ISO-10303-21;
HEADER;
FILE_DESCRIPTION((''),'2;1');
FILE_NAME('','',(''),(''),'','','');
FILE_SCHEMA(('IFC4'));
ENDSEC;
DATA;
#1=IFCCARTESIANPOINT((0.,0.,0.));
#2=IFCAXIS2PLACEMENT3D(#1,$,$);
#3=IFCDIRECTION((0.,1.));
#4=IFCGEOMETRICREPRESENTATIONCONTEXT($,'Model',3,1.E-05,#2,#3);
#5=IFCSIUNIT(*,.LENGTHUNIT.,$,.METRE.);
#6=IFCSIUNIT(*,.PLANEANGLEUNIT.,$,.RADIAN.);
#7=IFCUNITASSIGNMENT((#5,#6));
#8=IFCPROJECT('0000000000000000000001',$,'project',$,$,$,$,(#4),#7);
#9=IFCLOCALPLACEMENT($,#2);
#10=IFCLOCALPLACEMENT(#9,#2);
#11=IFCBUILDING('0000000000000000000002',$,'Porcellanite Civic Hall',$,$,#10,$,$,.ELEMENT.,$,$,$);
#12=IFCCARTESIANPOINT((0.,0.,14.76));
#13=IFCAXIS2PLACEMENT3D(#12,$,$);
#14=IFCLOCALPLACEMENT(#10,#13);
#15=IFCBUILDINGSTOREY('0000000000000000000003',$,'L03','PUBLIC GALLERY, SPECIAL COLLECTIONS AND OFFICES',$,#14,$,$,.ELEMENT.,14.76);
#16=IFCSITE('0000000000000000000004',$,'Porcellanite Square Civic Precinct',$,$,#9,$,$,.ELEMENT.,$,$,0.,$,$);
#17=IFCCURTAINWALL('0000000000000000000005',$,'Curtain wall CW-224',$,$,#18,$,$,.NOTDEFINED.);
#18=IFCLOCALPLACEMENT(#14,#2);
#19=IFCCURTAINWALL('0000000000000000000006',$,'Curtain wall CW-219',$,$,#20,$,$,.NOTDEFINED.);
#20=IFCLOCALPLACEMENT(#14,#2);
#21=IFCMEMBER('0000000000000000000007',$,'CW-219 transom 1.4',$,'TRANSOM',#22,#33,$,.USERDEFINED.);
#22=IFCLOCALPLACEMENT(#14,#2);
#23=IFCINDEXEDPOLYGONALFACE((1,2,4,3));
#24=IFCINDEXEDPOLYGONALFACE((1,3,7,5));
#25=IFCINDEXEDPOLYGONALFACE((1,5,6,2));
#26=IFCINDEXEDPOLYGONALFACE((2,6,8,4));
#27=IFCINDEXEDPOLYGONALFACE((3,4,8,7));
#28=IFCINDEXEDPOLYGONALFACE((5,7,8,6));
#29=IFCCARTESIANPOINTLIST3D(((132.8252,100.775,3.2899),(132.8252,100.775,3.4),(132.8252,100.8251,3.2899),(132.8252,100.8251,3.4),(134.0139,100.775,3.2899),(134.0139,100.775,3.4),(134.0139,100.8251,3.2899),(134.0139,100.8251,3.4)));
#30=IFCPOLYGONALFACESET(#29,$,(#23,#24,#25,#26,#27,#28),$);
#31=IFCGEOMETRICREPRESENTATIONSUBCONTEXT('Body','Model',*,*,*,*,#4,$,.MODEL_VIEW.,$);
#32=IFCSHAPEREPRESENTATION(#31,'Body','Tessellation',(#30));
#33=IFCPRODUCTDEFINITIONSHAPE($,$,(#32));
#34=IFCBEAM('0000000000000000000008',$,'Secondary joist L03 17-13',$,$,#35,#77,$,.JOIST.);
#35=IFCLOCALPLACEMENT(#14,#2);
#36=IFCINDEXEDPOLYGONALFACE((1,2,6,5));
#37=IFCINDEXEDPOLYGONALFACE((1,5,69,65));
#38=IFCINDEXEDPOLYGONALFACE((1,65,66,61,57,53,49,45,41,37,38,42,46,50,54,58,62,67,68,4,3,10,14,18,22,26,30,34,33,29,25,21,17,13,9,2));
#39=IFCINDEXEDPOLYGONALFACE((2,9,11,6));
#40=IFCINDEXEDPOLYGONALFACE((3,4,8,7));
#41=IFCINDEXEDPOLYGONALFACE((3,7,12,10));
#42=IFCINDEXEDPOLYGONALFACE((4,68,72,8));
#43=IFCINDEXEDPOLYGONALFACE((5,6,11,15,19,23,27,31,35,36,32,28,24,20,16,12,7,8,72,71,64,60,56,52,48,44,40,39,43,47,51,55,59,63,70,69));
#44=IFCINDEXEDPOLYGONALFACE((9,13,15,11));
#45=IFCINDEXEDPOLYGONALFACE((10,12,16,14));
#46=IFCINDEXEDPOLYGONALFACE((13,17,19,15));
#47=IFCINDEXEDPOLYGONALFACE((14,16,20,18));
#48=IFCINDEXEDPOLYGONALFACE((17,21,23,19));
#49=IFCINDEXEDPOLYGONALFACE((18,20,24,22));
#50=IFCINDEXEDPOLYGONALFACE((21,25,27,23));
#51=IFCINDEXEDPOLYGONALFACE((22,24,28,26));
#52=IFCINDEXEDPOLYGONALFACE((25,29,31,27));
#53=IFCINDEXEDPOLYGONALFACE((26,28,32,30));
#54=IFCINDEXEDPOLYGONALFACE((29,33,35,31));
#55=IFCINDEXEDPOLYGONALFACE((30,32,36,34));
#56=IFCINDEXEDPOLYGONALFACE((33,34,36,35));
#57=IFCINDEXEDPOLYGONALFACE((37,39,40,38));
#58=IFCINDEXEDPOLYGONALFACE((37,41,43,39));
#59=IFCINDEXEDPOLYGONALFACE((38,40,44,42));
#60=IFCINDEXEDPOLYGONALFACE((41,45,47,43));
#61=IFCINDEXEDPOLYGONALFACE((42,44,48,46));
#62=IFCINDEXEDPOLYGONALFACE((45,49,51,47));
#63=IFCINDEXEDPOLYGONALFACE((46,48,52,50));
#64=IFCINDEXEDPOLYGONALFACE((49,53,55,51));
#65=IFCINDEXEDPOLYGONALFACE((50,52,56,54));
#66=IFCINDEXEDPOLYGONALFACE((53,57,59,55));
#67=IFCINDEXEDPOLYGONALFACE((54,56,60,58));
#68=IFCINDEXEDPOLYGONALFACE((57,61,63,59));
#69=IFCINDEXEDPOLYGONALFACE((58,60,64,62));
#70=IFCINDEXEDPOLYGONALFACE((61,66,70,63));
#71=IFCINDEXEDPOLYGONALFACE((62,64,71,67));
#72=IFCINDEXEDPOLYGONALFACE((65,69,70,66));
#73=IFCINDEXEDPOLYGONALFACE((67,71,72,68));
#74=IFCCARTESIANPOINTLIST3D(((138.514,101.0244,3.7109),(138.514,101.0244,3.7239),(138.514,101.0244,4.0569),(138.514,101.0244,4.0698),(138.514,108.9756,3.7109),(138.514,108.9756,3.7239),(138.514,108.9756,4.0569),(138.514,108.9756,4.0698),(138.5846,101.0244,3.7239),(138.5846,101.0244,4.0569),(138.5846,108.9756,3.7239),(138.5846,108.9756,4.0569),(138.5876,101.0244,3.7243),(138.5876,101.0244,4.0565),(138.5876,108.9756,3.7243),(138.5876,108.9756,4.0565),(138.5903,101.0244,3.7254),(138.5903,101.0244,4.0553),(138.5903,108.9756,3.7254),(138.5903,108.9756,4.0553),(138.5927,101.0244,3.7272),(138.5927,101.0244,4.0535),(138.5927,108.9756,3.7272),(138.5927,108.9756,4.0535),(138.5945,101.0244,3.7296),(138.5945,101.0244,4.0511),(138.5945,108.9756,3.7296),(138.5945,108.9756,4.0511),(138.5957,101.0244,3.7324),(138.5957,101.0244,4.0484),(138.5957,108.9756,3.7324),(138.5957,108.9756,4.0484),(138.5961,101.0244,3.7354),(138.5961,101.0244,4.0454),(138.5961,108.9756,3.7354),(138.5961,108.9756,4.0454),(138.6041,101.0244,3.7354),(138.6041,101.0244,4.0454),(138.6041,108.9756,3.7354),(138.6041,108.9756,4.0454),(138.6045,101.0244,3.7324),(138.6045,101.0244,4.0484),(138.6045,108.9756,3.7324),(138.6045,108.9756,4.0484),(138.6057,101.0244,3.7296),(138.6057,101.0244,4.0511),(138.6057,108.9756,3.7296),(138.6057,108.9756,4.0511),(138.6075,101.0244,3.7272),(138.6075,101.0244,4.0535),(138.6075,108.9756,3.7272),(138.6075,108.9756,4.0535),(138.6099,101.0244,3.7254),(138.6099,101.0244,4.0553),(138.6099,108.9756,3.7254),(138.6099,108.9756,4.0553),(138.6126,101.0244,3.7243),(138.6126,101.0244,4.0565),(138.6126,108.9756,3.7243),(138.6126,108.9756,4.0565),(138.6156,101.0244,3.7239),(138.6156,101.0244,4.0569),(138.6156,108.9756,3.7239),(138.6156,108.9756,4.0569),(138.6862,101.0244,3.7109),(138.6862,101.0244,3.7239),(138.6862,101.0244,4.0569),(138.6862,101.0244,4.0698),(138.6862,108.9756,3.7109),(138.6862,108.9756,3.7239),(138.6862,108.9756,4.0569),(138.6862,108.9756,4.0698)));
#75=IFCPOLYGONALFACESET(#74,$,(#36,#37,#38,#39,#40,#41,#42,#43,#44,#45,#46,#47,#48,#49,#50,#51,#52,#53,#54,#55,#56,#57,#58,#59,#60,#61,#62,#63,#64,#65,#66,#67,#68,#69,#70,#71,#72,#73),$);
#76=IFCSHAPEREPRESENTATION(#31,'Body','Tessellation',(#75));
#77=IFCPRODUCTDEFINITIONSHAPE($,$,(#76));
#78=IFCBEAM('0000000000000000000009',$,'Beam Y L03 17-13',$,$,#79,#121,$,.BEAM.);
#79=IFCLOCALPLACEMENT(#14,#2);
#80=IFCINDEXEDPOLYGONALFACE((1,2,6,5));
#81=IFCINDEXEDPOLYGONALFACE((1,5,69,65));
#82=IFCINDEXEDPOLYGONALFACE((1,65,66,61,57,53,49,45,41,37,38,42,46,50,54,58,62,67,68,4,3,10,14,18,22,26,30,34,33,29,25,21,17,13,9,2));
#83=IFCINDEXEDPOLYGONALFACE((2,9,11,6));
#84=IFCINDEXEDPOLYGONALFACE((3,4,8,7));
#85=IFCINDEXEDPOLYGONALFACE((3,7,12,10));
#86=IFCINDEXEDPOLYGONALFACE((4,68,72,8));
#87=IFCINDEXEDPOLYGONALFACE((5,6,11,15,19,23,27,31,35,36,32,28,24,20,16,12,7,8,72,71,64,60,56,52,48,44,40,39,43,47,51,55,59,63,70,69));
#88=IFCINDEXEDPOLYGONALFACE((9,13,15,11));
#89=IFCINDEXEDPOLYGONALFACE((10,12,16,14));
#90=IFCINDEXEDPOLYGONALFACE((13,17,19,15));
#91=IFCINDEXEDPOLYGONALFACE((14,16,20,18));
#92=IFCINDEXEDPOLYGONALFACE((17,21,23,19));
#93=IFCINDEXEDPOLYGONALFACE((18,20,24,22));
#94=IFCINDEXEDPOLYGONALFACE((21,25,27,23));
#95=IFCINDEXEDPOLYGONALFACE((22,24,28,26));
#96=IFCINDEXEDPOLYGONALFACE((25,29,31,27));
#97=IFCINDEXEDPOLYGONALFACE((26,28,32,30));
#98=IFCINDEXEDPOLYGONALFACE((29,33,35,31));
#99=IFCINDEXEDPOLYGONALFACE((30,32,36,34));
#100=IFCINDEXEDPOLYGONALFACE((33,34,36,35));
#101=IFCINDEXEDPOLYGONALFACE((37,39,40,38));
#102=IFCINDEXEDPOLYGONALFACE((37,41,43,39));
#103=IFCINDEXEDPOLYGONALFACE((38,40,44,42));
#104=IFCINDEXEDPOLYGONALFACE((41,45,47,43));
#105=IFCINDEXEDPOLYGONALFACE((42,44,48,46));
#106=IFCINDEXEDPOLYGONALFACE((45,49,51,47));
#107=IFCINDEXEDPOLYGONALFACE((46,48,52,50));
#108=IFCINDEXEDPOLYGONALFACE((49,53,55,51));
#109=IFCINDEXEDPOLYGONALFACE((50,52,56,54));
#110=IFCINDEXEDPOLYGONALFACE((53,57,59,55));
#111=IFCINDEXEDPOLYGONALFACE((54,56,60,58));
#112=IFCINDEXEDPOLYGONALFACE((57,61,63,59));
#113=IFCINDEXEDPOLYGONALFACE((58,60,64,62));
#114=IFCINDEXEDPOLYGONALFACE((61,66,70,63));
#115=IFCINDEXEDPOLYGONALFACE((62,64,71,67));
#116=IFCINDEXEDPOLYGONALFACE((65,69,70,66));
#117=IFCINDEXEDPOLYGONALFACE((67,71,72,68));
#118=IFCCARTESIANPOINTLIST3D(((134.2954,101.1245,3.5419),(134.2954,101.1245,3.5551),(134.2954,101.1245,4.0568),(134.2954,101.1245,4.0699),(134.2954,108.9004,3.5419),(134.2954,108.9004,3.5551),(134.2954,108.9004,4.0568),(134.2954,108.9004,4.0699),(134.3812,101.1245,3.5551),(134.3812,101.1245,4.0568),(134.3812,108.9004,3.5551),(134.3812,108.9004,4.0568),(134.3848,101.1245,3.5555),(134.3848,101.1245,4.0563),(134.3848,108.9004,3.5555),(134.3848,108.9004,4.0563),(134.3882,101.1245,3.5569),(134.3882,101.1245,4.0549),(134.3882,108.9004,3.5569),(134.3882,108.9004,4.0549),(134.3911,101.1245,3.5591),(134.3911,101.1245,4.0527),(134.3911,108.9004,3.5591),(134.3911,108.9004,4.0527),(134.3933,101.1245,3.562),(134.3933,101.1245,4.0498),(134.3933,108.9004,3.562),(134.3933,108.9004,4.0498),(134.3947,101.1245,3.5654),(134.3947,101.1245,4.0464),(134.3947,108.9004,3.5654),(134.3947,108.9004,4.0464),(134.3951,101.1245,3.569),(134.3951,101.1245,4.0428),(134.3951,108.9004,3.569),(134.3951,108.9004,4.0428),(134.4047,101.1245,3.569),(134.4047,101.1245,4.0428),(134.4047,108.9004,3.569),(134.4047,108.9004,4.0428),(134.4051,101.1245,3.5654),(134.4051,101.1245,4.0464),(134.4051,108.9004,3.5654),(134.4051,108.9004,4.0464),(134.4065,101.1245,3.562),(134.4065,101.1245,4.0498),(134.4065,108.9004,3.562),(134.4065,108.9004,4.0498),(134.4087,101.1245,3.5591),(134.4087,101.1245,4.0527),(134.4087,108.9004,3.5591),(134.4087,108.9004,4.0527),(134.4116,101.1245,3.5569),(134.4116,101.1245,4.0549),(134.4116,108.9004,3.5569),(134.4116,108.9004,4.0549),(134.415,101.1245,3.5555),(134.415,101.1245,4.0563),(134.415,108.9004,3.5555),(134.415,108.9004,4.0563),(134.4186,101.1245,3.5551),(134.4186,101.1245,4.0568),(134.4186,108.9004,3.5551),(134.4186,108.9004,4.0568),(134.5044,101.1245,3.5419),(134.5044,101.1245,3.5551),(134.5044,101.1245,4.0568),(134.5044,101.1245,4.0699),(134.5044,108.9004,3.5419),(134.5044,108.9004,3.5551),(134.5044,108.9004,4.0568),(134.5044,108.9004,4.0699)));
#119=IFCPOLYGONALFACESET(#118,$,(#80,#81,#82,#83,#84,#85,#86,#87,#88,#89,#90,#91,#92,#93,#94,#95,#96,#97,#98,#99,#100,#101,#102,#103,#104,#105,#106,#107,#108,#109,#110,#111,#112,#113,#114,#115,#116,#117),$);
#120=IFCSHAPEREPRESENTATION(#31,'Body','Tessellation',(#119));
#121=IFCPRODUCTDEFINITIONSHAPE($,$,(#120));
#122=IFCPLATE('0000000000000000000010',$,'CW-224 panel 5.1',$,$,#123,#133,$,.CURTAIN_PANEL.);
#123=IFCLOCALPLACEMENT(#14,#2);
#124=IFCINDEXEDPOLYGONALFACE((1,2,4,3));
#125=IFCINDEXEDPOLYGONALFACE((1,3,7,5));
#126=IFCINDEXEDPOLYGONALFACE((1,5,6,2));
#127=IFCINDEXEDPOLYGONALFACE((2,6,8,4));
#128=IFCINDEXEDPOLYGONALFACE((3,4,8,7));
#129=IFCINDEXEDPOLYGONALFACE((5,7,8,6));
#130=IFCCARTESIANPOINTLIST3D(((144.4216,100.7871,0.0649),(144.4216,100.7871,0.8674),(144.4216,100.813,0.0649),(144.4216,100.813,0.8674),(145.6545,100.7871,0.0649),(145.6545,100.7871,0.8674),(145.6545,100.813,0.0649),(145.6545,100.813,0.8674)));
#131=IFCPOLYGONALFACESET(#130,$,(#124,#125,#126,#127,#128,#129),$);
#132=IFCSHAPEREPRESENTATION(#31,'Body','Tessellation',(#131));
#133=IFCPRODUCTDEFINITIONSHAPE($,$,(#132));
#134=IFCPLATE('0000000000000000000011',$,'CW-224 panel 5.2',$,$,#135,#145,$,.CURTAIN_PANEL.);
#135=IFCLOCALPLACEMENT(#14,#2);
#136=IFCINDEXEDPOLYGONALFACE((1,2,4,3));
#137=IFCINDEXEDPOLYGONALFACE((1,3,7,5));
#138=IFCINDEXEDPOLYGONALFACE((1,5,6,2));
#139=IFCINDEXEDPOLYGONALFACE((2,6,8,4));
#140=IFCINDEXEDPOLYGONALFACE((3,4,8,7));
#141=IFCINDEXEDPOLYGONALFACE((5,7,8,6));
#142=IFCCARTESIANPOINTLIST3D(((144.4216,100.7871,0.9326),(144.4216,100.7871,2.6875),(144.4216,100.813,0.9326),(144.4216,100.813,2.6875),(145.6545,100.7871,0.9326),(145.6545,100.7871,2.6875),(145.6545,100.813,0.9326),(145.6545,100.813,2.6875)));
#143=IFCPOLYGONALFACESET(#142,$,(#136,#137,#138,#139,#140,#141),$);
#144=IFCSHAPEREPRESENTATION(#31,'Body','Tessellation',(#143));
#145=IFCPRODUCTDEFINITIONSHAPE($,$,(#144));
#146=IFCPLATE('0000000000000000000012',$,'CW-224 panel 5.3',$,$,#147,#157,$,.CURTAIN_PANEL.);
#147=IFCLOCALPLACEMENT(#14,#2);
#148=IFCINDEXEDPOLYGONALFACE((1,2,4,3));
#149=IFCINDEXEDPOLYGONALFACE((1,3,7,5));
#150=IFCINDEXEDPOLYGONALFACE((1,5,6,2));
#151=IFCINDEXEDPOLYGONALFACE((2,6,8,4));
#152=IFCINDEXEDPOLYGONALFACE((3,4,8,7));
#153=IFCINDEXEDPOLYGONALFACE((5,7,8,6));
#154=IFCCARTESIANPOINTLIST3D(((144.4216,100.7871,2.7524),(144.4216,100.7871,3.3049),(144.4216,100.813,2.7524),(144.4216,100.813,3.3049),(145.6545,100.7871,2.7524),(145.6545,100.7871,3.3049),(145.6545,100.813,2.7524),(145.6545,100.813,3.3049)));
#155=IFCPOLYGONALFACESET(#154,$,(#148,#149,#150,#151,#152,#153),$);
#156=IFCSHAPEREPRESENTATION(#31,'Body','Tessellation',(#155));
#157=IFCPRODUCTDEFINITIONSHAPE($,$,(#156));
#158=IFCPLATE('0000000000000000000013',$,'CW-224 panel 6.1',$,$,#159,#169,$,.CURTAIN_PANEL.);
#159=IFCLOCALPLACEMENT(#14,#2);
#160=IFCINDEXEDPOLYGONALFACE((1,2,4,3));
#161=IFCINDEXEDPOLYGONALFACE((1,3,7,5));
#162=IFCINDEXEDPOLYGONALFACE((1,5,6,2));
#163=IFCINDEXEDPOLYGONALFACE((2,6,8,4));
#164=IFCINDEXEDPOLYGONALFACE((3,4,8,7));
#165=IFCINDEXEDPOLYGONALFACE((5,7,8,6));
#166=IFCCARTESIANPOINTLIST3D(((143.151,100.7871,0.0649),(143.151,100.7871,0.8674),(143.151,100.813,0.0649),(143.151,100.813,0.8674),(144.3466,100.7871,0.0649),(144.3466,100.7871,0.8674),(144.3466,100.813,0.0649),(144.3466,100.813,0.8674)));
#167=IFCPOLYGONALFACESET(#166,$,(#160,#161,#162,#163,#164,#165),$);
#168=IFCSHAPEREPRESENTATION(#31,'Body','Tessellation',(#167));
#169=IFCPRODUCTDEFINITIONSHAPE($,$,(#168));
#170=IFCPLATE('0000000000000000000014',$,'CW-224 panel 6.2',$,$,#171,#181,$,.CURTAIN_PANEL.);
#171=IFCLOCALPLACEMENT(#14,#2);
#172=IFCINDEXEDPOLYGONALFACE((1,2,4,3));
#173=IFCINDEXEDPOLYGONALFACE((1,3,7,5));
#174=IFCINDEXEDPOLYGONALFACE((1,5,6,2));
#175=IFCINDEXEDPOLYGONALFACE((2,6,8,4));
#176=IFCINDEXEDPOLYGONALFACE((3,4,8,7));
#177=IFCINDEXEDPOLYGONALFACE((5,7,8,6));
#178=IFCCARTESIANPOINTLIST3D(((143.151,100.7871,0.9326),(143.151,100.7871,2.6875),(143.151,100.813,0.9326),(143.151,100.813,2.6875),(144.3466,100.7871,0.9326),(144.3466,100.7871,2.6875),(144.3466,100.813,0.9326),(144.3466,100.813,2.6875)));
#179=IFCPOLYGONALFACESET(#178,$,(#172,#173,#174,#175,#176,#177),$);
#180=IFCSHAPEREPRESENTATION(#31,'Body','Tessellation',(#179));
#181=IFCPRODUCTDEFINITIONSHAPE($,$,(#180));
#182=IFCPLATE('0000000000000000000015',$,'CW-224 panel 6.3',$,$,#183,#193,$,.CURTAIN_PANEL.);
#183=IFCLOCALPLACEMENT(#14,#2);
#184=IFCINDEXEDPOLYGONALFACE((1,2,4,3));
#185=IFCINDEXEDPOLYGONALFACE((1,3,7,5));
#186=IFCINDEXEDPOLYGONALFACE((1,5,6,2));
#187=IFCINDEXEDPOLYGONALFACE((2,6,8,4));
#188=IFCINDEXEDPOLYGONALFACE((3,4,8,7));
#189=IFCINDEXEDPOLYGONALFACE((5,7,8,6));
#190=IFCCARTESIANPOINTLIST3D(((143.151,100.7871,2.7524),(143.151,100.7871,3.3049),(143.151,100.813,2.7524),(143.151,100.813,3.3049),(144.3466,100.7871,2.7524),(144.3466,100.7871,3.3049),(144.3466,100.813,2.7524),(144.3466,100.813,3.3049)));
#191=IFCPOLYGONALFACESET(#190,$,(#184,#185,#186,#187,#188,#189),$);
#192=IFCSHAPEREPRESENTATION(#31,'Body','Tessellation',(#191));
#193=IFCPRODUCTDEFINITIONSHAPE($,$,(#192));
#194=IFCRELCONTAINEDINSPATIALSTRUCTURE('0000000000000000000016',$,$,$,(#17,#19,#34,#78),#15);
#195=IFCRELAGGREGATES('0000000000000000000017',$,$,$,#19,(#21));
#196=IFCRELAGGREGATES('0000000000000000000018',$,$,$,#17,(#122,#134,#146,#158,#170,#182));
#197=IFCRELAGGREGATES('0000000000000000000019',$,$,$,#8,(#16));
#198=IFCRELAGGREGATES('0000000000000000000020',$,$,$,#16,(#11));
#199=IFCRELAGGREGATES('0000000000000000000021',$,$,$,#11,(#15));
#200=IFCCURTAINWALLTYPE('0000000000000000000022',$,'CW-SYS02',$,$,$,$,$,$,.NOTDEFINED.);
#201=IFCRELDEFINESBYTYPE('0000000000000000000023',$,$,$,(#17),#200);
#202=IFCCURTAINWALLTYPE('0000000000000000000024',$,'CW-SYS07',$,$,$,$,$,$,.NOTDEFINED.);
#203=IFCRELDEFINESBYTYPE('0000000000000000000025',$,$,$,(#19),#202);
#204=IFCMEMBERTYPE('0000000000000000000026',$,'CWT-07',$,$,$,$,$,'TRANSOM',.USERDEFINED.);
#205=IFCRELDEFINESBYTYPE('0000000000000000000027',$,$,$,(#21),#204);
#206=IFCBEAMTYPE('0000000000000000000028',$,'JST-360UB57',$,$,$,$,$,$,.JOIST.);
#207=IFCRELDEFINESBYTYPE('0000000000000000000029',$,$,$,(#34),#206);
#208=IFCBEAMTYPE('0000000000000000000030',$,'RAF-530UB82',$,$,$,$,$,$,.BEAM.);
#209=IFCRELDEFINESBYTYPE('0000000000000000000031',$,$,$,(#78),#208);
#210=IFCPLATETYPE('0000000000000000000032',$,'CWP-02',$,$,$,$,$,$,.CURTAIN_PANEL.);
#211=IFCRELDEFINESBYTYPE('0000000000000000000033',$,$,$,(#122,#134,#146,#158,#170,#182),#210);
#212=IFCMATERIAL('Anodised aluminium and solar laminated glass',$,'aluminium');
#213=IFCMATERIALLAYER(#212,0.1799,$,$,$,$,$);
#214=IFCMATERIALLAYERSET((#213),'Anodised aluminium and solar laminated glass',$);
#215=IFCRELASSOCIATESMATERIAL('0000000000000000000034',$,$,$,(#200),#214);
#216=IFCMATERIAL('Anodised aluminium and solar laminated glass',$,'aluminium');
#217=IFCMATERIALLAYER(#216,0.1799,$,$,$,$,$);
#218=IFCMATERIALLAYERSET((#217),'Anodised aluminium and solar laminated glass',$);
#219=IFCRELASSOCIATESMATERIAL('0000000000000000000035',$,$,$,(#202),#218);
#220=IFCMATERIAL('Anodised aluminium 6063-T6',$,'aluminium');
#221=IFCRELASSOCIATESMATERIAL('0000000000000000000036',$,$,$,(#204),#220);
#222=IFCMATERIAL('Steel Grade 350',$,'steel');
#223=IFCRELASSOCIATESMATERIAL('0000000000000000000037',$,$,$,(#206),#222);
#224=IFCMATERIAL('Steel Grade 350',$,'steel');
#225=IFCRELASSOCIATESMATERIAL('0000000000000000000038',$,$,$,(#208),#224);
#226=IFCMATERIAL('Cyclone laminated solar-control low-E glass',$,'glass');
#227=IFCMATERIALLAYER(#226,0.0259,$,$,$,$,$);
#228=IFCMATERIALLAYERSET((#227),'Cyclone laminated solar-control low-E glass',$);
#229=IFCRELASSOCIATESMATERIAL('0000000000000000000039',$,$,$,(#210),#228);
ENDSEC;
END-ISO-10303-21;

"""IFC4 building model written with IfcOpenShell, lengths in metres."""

from ifc_helpers import new_model, si_unit, direction, frame, origin, origin_2d, place, context, subcontext, project, spatial, rectangle, i_section, extrude, material, layer, layer_set, material_profile, profile_set, type_object, element, aggregate, save


model = new_model("IFC4")

# Units and contexts
model_context = context("Model", 3, precision=1e-05, world=origin(), true_north=direction((0.0, 1.0)))
body_context = subcontext(model_context, "Body", "Model", "MODEL_VIEW")
ifc_project = project(units=[si_unit("LENGTHUNIT", "METRE"), si_unit("PLANEANGLEUNIT", "RADIAN")], contexts=[model_context])

# Site, building, storey
site_placement = place(None, origin())
site = spatial("IfcSite", under=ifc_project, at=site_placement, Name="Porcellanite Square Civic Precinct", CompositionType="ELEMENT", RefElevation=0.0)
building_placement = place(site_placement, origin())
building = spatial("IfcBuilding", under=site, at=building_placement, Name="Porcellanite Civic Hall", CompositionType="ELEMENT")
storey_placement = place(building_placement, frame((0.0, 0.0, 14.76)))
storey = spatial("IfcBuildingStorey", under=building, at=storey_placement, Name="L03", Description="PUBLIC GALLERY, SPECIAL COLLECTIONS AND OFFICES", CompositionType="ELEMENT", Elevation=14.76)

# Curtain wall
ifc_material_1 = material(Name="Anodised aluminium and solar laminated glass", Category="aluminium")
ifc_layer_1 = layer(ifc_material_1, 0.1799)
ifc_layer_set_1 = layer_set([ifc_layer_1], Name="Anodised aluminium and solar laminated glass")
curtain_wall_type_1 = type_object("IfcCurtainWallType", Name="CW-SYS02", PredefinedType="NOTDEFINED", material=ifc_layer_set_1)
curtain_wall_1_placement = place(storey_placement, origin())
curtain_wall_1 = element("IfcCurtainWall", 1, at=curtain_wall_1_placement, inside=storey, type_object=curtain_wall_type_1, Name="Curtain wall CW-224", PredefinedType="NOTDEFINED")

# Curtain wall
ifc_material_2 = material(Name="Anodised aluminium and solar laminated glass", Category="aluminium")
ifc_layer_2 = layer(ifc_material_2, 0.1799)
ifc_layer_set_2 = layer_set([ifc_layer_2], Name="Anodised aluminium and solar laminated glass")
curtain_wall_type_2 = type_object("IfcCurtainWallType", Name="CW-SYS07", PredefinedType="NOTDEFINED", material=ifc_layer_set_2)
curtain_wall_2_placement = place(storey_placement, origin())
curtain_wall_2 = element("IfcCurtainWall", 2, at=curtain_wall_2_placement, inside=storey, type_object=curtain_wall_type_2, Name="Curtain wall CW-219", PredefinedType="NOTDEFINED")

# Member
ifc_material_3 = material(Name="Anodised aluminium 6063-T6", Category="aluminium")
ifc_material_profile_1 = material_profile(ifc_material_3, rectangle(XDim=0.05, YDim=0.1101, at=origin_2d()), Name="AL-50x110")
ifc_profile_set_1 = profile_set([ifc_material_profile_1], Name="Anodised aluminium 6063-T6")
member_type_1 = type_object("IfcMemberType", Name="CWT-07", ElementType="TRANSOM", PredefinedType="USERDEFINED", material=ifc_profile_set_1)
member_1_placement = place(storey_placement, frame((134.0139, 100.8, 3.345), z_axis=(-1.0, 0.0, 0.0), x_axis=(0.0, -1.0, 0.0)))
member_1 = element("IfcMember", 3, at=member_1_placement, type_object=member_type_1, Name="CW-219 transom 1.4", ObjectType="TRANSOM", PredefinedType="USERDEFINED", context=body_context, shape_type="SweptSolid", body=[
    extrude(rectangle(XDim=0.05, YDim=0.1101, at=origin_2d()), origin(), (0.0, 0.0, 1.0), 1.1887),
])
aggregate(curtain_wall_2, [member_1])

# Beams
ifc_material_4 = material(Name="Steel Grade 350", Category="steel")
ifc_material_profile_2 = material_profile(ifc_material_4, i_section(OverallWidth=0.1721, OverallDepth=0.3589, WebThickness=0.0081, FlangeThickness=0.0129, FilletRadius=0.0115, at=origin_2d()), Name="360UB56.7")
ifc_profile_set_2 = profile_set([ifc_material_profile_2], Name="Steel Grade 350")
beam_type_1 = type_object("IfcBeamType", Name="JST-360UB57", PredefinedType="JOIST", material=ifc_profile_set_2)
beam_1_placement = place(storey_placement, frame((138.6001, 101.0244, 3.8904), z_axis=(0.0, 1.0, 0.0), x_axis=(-1.0, 0.0, 0.0)))
element("IfcBeam", 4, at=beam_1_placement, inside=storey, type_object=beam_type_1, Name="Secondary joist L03 17-13", PredefinedType="JOIST", context=body_context, shape_type="SweptSolid", body=[
    extrude(i_section(OverallWidth=0.1721, OverallDepth=0.3589, WebThickness=0.0081, FlangeThickness=0.0129, FilletRadius=0.0115, at=origin_2d()), origin(), (0.0, 0.0, 1.0), 7.9512),
])
ifc_material_5 = material(Name="Steel Grade 350", Category="steel")
ifc_material_profile_3 = material_profile(ifc_material_5, i_section(OverallWidth=0.209, OverallDepth=0.5281, WebThickness=0.0095, FlangeThickness=0.0132, FilletRadius=0.0139, at=origin_2d()), Name="530UB82.0")
ifc_profile_set_3 = profile_set([ifc_material_profile_3], Name="Steel Grade 350")
beam_type_2 = type_object("IfcBeamType", Name="RAF-530UB82", PredefinedType="BEAM", material=ifc_profile_set_3)
beam_2_placement = place(storey_placement, frame((134.3999, 101.1245, 3.8059), z_axis=(0.0, 1.0, 0.0), x_axis=(-1.0, 0.0, 0.0)))
element("IfcBeam", 5, at=beam_2_placement, inside=storey, type_object=beam_type_2, Name="Beam Y L03 17-13", PredefinedType="BEAM", context=body_context, shape_type="SweptSolid", body=[
    extrude(i_section(OverallWidth=0.209, OverallDepth=0.5281, WebThickness=0.0095, FlangeThickness=0.0132, FilletRadius=0.0139, at=origin_2d()), origin(), (0.0, 0.0, 1.0), 7.7759),
])

# Plates
ifc_material_6 = material(Name="Cyclone laminated solar-control low-E glass", Category="glass")
ifc_layer_3 = layer(ifc_material_6, 0.0259)
ifc_layer_set_3 = layer_set([ifc_layer_3], Name="Cyclone laminated solar-control low-E glass")
plate_type = type_object("IfcPlateType", Name="CWP-02", PredefinedType="CURTAIN_PANEL", material=ifc_layer_set_3)
plate_1_placement = place(storey_placement, frame((145.0381, 100.8, 0.0649), z_axis=(0.0, 0.0, 1.0), x_axis=(-1.0, 0.0, 0.0)))
plate_1 = element("IfcPlate", 6, at=plate_1_placement, type_object=plate_type, Name="CW-224 panel 5.1", PredefinedType="CURTAIN_PANEL", context=body_context, shape_type="SweptSolid", body=[
    extrude(rectangle(XDim=1.2329, YDim=0.0259, at=origin_2d()), origin(), (0.0, 0.0, 1.0), 0.8025),
])
plate_2_placement = place(storey_placement, frame((145.0381, 100.8, 0.9326), z_axis=(0.0, 0.0, 1.0), x_axis=(-1.0, 0.0, 0.0)))
plate_2 = element("IfcPlate", 7, at=plate_2_placement, type_object=plate_type, Name="CW-224 panel 5.2", PredefinedType="CURTAIN_PANEL", context=body_context, shape_type="SweptSolid", body=[
    extrude(rectangle(XDim=1.2329, YDim=0.0259, at=origin_2d()), origin(), (0.0, 0.0, 1.0), 1.7549),
])
plate_3_placement = place(storey_placement, frame((145.0381, 100.8, 2.7524), z_axis=(0.0, 0.0, 1.0), x_axis=(-1.0, 0.0, 0.0)))
plate_3 = element("IfcPlate", 8, at=plate_3_placement, type_object=plate_type, Name="CW-224 panel 5.3", PredefinedType="CURTAIN_PANEL", context=body_context, shape_type="SweptSolid", body=[
    extrude(rectangle(XDim=1.2329, YDim=0.0259, at=origin_2d()), origin(), (0.0, 0.0, 1.0), 0.5525),
])
plate_4_placement = place(storey_placement, frame((143.7488, 100.8, 0.0649), z_axis=(0.0, 0.0, 1.0), x_axis=(-1.0, 0.0, 0.0)))
plate_4 = element("IfcPlate", 9, at=plate_4_placement, type_object=plate_type, Name="CW-224 panel 6.1", PredefinedType="CURTAIN_PANEL", context=body_context, shape_type="SweptSolid", body=[
    extrude(rectangle(XDim=1.1956, YDim=0.0259, at=origin_2d()), origin(), (0.0, 0.0, 1.0), 0.8025),
])
plate_5_placement = place(storey_placement, frame((143.7488, 100.8, 0.9326), z_axis=(0.0, 0.0, 1.0), x_axis=(-1.0, 0.0, 0.0)))
plate_5 = element("IfcPlate", 10, at=plate_5_placement, type_object=plate_type, Name="CW-224 panel 6.2", PredefinedType="CURTAIN_PANEL", context=body_context, shape_type="SweptSolid", body=[
    extrude(rectangle(XDim=1.1956, YDim=0.0259, at=origin_2d()), origin(), (0.0, 0.0, 1.0), 1.7549),
])
plate_6_placement = place(storey_placement, frame((143.7488, 100.8, 2.7524), z_axis=(0.0, 0.0, 1.0), x_axis=(-1.0, 0.0, 0.0)))
plate_6 = element("IfcPlate", 11, at=plate_6_placement, type_object=plate_type, Name="CW-224 panel 6.3", PredefinedType="CURTAIN_PANEL", context=body_context, shape_type="SweptSolid", body=[
    extrude(rectangle(XDim=1.1956, YDim=0.0259, at=origin_2d()), origin(), (0.0, 0.0, 1.0), 0.5525),
])
aggregate(curtain_wall_1, [plate_1, plate_2, plate_3, plate_4, plate_5, plate_6])

save(model, "model.ifc")
